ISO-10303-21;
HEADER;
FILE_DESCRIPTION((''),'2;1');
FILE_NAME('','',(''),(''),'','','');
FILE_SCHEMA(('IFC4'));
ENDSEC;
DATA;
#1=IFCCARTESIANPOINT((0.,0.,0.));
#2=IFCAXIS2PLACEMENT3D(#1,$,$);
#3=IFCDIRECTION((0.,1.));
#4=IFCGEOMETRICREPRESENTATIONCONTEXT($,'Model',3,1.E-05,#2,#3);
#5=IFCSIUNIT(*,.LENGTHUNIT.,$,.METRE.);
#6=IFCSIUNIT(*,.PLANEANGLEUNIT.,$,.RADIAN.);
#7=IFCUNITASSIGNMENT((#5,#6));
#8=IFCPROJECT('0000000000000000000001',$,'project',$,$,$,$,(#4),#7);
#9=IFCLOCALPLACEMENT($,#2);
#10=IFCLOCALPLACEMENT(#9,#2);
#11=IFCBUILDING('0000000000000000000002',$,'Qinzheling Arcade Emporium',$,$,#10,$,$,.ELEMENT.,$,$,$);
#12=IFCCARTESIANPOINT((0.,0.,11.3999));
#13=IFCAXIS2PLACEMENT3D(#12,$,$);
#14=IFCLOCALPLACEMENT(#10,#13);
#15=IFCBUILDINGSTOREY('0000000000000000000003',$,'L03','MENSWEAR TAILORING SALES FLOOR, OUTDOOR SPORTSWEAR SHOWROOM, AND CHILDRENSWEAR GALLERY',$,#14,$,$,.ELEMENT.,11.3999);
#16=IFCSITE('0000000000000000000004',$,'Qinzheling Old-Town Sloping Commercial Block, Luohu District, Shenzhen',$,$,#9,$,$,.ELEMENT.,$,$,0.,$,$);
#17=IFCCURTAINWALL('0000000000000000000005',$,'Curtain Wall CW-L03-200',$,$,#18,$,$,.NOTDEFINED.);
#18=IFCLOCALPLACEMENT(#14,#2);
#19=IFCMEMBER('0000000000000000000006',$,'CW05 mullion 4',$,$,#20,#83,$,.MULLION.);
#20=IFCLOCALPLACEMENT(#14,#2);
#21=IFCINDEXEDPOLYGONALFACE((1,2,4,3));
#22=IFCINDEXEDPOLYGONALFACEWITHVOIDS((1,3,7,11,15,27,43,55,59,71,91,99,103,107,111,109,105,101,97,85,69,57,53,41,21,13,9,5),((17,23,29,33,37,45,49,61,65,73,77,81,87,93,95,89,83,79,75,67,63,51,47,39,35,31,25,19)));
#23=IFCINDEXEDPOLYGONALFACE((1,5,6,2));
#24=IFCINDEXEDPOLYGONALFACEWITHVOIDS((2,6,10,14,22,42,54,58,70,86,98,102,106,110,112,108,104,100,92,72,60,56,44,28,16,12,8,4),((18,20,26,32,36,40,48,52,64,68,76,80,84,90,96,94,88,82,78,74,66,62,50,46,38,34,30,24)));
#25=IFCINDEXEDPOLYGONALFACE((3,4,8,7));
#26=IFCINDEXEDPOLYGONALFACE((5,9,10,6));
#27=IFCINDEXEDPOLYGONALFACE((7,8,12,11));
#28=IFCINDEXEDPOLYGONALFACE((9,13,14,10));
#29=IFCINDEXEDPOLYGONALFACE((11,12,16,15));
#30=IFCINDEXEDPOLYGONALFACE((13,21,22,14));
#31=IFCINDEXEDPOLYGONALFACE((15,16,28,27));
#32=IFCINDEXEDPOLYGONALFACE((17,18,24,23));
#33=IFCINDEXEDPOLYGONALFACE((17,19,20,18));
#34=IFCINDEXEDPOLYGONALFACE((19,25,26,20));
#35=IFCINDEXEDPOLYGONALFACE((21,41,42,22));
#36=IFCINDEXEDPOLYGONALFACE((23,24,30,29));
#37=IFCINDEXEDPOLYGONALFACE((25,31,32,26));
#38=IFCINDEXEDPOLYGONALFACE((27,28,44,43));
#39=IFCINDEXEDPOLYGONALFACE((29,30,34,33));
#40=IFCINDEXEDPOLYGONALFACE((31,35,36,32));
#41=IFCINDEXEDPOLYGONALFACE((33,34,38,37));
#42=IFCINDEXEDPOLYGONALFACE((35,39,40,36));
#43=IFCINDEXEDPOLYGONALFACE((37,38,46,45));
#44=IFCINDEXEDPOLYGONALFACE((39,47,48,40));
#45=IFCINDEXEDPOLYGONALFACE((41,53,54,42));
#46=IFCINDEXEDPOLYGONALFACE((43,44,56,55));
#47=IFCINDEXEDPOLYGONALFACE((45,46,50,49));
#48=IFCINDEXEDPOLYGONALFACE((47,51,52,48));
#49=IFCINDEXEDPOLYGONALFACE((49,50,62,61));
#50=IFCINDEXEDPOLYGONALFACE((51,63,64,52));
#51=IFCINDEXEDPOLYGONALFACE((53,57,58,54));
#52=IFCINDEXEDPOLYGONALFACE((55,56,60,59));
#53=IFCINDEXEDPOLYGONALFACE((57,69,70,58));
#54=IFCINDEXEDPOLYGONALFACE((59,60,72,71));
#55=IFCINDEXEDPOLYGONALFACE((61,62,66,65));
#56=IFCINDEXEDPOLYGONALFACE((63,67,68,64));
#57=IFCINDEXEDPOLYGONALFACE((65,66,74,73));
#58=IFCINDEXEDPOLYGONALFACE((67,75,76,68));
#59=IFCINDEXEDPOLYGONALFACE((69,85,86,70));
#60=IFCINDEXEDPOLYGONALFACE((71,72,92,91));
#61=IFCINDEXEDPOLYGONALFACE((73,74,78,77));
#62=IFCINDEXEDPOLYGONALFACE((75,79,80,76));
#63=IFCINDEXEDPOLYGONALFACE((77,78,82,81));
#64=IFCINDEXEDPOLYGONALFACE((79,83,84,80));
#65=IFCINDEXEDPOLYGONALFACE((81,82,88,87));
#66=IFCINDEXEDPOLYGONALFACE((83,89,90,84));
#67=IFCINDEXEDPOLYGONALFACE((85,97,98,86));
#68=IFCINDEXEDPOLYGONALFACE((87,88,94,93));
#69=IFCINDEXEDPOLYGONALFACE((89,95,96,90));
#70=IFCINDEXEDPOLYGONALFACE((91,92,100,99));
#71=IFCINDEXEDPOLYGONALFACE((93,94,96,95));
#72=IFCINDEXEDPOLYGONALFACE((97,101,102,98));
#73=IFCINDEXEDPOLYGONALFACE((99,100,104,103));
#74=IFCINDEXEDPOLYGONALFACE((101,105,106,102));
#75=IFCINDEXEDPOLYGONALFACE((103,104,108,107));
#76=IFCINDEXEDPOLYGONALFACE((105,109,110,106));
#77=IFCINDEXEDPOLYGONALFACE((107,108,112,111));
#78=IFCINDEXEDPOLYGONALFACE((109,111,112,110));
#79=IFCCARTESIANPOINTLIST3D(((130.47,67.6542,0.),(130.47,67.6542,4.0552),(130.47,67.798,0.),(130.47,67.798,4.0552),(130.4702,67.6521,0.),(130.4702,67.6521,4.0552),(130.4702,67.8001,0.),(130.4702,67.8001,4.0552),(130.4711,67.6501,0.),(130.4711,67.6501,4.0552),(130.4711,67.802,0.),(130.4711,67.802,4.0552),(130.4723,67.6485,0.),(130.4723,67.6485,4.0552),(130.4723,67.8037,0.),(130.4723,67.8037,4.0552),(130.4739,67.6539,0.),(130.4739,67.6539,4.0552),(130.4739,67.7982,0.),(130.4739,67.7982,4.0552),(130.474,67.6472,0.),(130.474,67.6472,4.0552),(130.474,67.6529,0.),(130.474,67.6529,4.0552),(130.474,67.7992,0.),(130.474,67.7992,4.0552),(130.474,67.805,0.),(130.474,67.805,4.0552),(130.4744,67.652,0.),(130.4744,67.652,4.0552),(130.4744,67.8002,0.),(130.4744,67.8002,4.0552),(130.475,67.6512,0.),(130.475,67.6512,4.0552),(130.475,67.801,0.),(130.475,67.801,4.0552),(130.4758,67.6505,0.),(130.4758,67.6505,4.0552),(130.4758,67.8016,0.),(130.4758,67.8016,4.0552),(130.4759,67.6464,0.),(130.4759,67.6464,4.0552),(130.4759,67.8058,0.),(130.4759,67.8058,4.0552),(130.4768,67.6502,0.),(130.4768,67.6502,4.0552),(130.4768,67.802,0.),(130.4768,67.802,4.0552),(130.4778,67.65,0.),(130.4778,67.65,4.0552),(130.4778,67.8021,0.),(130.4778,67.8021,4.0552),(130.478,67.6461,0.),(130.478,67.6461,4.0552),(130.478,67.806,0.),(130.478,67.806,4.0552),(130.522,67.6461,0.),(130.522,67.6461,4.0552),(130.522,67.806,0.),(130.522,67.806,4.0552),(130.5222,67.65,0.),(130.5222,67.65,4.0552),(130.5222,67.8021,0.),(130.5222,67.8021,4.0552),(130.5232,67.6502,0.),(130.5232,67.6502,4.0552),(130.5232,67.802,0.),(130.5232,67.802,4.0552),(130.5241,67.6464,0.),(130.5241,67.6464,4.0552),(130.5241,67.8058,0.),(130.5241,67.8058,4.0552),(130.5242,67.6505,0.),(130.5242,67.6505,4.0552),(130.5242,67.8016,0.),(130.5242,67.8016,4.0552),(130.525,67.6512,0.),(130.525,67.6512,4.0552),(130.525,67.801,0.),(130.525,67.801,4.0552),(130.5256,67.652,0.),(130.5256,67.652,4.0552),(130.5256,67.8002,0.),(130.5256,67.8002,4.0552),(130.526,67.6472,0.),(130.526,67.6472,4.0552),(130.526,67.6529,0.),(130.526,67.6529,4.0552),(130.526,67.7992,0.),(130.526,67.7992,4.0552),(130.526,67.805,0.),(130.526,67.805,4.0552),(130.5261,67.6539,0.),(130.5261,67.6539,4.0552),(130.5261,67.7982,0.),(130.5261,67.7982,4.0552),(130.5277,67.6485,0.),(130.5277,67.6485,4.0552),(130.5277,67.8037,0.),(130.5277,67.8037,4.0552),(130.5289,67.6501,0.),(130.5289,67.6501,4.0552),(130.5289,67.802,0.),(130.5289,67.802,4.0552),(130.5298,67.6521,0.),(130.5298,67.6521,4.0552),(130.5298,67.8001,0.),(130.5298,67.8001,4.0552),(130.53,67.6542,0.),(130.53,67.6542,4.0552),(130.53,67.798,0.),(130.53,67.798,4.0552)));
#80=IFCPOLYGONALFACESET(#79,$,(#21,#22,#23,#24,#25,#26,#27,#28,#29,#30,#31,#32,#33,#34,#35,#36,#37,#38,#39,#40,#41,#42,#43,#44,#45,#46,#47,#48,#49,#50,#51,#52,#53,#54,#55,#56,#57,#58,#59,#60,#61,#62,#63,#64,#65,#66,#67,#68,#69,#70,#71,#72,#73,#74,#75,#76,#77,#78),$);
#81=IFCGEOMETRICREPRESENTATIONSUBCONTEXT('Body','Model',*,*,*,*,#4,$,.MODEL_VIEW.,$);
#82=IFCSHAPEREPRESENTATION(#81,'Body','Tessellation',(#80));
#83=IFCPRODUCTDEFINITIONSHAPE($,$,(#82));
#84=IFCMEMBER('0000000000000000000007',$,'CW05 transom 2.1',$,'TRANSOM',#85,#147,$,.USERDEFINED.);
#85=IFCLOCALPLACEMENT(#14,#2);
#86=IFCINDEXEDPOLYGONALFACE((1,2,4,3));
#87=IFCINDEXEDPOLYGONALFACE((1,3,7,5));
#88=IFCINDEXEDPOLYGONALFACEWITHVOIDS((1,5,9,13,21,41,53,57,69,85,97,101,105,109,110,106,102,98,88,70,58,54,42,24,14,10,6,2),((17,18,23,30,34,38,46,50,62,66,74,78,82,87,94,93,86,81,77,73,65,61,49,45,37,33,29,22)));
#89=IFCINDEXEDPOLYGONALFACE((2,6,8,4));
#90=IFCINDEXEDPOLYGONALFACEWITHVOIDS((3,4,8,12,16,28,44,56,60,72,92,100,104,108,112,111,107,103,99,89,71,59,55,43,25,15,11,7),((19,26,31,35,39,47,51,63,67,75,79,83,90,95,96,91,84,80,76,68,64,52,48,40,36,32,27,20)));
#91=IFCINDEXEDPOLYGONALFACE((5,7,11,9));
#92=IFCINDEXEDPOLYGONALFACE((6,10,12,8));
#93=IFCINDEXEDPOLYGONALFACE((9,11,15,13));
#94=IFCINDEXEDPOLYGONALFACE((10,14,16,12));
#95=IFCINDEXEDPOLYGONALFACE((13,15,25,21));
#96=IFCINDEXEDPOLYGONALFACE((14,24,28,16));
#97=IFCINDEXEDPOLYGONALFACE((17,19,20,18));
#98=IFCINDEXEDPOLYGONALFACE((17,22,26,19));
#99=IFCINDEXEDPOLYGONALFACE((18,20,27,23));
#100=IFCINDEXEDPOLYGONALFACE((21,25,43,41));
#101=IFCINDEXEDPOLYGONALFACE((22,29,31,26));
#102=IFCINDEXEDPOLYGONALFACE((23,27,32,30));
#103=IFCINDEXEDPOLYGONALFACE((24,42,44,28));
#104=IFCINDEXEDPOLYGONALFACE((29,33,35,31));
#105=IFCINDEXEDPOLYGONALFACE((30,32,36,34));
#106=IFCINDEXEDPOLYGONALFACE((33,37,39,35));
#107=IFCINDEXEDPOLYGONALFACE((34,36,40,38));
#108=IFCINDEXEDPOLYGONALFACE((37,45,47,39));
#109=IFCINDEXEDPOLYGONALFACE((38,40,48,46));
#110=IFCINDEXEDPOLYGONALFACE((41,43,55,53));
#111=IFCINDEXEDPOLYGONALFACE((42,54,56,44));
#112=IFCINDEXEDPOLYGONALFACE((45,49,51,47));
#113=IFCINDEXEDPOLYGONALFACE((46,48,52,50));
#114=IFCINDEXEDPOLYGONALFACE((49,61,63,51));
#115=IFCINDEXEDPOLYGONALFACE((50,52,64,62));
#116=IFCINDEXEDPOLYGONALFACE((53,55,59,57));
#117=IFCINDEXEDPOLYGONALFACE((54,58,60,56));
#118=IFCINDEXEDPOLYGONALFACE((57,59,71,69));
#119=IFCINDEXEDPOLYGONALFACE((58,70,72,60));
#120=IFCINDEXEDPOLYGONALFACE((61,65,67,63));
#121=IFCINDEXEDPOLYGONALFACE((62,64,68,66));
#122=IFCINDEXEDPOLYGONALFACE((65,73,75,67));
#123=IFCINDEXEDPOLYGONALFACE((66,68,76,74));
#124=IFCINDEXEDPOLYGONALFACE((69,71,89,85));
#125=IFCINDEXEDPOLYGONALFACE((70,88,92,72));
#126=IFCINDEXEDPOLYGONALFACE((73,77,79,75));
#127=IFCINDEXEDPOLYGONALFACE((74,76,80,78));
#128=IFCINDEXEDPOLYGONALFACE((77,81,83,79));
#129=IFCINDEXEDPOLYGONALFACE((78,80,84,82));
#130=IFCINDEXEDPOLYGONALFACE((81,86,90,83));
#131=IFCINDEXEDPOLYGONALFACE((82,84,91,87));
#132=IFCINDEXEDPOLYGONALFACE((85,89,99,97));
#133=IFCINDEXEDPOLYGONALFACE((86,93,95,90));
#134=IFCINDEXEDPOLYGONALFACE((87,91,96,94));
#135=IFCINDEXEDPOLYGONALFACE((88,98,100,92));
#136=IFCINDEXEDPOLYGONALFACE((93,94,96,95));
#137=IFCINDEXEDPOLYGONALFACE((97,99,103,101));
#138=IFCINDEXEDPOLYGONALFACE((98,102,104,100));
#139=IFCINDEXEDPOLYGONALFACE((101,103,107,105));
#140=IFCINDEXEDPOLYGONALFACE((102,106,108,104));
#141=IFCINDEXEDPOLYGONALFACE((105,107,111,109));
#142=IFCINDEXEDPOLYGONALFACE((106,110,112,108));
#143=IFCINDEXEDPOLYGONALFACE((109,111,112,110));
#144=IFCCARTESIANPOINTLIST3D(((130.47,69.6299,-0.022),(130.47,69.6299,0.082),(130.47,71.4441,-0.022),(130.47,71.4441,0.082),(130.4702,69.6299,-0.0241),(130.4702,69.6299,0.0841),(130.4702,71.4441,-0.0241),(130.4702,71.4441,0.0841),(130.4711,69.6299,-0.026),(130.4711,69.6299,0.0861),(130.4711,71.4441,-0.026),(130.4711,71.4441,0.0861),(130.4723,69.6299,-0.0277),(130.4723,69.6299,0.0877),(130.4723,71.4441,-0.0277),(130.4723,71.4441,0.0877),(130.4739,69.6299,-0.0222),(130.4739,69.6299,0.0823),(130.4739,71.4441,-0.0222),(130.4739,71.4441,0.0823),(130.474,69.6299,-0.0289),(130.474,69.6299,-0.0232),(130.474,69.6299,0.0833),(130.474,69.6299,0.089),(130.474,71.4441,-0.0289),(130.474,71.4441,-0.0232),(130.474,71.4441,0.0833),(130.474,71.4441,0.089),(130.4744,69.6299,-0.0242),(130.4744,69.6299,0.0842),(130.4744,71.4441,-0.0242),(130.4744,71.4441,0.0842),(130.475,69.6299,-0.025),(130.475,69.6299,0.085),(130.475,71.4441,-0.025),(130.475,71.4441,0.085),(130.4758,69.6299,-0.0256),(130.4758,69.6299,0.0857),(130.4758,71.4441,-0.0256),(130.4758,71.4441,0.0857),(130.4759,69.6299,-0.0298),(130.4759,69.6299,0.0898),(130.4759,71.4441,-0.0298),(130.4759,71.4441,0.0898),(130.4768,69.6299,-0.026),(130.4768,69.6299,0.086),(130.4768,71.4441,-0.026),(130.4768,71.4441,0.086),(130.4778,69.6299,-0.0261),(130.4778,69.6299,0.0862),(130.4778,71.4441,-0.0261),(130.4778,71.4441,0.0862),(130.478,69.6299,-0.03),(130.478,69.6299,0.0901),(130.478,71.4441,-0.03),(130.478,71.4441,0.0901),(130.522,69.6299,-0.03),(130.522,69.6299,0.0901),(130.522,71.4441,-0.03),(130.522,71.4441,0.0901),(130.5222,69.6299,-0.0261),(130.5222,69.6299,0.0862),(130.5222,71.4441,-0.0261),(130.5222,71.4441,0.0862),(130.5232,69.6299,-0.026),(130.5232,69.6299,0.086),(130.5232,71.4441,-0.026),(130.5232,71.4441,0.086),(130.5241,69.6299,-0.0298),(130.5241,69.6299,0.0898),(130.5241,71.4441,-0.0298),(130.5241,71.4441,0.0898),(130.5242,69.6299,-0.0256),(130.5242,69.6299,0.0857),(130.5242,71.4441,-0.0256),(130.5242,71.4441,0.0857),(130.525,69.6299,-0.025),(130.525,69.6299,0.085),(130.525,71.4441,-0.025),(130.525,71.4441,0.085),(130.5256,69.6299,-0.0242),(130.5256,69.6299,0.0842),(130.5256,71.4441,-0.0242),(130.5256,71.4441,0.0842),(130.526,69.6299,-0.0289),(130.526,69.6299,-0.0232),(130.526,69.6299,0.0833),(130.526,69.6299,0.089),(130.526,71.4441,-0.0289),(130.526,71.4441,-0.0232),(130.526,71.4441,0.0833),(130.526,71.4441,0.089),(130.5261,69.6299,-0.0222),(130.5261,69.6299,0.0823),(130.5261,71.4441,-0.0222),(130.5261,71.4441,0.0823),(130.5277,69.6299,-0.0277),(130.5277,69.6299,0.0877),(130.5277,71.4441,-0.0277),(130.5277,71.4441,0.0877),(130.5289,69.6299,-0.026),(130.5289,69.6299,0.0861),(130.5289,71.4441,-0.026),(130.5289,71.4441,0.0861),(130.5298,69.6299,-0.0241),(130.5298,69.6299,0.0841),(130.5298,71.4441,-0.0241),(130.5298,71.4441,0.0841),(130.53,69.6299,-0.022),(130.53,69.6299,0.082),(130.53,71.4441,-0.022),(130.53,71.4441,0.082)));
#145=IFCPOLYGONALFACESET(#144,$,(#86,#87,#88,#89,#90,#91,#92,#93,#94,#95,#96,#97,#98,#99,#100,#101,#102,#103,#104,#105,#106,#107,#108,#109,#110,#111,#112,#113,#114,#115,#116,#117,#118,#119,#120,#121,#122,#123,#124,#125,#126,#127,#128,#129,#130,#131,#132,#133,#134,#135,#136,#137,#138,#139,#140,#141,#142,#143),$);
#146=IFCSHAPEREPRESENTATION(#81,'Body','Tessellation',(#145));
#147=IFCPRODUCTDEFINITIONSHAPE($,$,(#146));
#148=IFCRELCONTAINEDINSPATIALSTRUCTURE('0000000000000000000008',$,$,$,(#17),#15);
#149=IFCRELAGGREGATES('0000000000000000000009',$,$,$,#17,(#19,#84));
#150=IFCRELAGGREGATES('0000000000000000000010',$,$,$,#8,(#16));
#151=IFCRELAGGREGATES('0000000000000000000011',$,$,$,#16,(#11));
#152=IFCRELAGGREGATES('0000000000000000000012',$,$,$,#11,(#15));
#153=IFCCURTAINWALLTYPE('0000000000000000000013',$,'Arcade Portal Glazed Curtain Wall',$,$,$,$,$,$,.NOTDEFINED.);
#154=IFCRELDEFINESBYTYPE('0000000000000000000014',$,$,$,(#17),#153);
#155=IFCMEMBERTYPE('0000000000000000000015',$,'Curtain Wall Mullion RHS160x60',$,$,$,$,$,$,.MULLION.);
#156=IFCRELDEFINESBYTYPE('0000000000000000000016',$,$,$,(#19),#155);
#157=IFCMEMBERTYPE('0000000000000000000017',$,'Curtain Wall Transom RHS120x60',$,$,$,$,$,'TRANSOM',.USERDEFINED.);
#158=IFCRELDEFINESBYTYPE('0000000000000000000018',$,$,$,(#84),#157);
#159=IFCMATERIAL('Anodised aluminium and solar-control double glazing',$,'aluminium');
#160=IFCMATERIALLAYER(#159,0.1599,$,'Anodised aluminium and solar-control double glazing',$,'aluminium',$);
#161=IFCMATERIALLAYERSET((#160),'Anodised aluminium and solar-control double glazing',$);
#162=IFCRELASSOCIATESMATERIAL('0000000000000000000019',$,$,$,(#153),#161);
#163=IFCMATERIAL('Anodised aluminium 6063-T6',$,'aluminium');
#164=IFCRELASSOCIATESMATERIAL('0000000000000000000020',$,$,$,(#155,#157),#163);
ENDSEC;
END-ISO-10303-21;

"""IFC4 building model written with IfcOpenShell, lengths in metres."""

from ifc_helpers import new_model, si_unit, direction, frame, origin, origin_2d, place, context, subcontext, project, spatial, hollow_rectangle, extrude, material, layer, layer_set, material_profile, profile_set, type_object, element, aggregate, save


model = new_model("IFC4")

# Units and contexts
model_context = context("Model", 3, precision=1e-05, world=origin(), true_north=direction((0.0, 1.0)))
body_context = subcontext(model_context, "Body", "Model", "MODEL_VIEW")
ifc_project = project(units=[si_unit("LENGTHUNIT", "METRE"), si_unit("PLANEANGLEUNIT", "RADIAN")], contexts=[model_context])

# Site, building, storey
site_placement = place(None, origin())
site = spatial("IfcSite", under=ifc_project, at=site_placement, Name="Qinzheling Old-Town Sloping Commercial Block, Luohu District, Shenzhen", CompositionType="ELEMENT", RefElevation=0.0)
building_placement = place(site_placement, origin())
building = spatial("IfcBuilding", under=site, at=building_placement, Name="Qinzheling Arcade Emporium", CompositionType="ELEMENT")
storey_placement = place(building_placement, frame((0.0, 0.0, 11.3999)))
storey = spatial("IfcBuildingStorey", under=building, at=storey_placement, Name="L03", Description="MENSWEAR TAILORING SALES FLOOR, OUTDOOR SPORTSWEAR SHOWROOM, AND CHILDRENSWEAR GALLERY", CompositionType="ELEMENT", Elevation=11.3999)

# Curtain wall, members
ifc_material_1 = material(Name="Anodised aluminium and solar-control double glazing", Category="aluminium")
ifc_layer_1 = layer(ifc_material_1, 0.1599, Name="Anodised aluminium and solar-control double glazing", Category="aluminium")
ifc_layer_set_1 = layer_set([ifc_layer_1], Name="Anodised aluminium and solar-control double glazing")
curtain_wall_type = type_object("IfcCurtainWallType", Name="Arcade Portal Glazed Curtain Wall", PredefinedType="NOTDEFINED", material=ifc_layer_set_1)
curtain_wall_placement = place(storey_placement, origin())
curtain_wall = element("IfcCurtainWall", 1, at=curtain_wall_placement, inside=storey, type_object=curtain_wall_type, Name="Curtain Wall CW-L03-200", PredefinedType="NOTDEFINED")
ifc_material_2 = material(Name="Anodised aluminium 6063-T6", Category="aluminium")
ifc_material_profile_1 = material_profile(ifc_material_2, hollow_rectangle(XDim=0.0601, YDim=0.1599, WallThickness=0.0039, InnerFilletRadius=0.0039, OuterFilletRadius=0.0081, at=origin_2d()), Name="RHS 160x60x4", Category="aluminium")
ifc_profile_set_1 = profile_set([ifc_material_profile_1], Name="Anodised aluminium 6063-T6")
member_type_1 = type_object("IfcMemberType", Name="Curtain Wall Mullion RHS160x60", PredefinedType="MULLION", material=ifc_profile_set_1)
member_1_placement = place(storey_placement, frame((130.5, 67.7261, 0.0), z_axis=(0.0, 0.0, 1.0), x_axis=(1.0, 0.0, 0.0)))
member_1 = element("IfcMember", 2, at=member_1_placement, type_object=member_type_1, Name="CW05 mullion 4", PredefinedType="MULLION", context=body_context, shape_type="SweptSolid", body=[
    extrude(hollow_rectangle(XDim=0.0601, YDim=0.1599, WallThickness=0.0039, InnerFilletRadius=0.0039, OuterFilletRadius=0.0081, at=origin_2d()), origin(), (0.0, 0.0, 1.0), 4.0552),
])
ifc_material_profile_2 = material_profile(ifc_material_2, hollow_rectangle(XDim=0.0601, YDim=0.1201, WallThickness=0.0039, InnerFilletRadius=0.0039, OuterFilletRadius=0.0081, at=origin_2d()), Name="RHS 120x60x4", Category="aluminium")
ifc_profile_set_2 = profile_set([ifc_material_profile_2], Name="Anodised aluminium 6063-T6")
member_type_2 = type_object("IfcMemberType", Name="Curtain Wall Transom RHS120x60", ElementType="TRANSOM", PredefinedType="USERDEFINED", material=ifc_profile_set_2)
member_2_placement = place(storey_placement, frame((130.5, 71.4441, 0.03), z_axis=(0.0, -1.0, 0.0), x_axis=(1.0, 0.0, 0.0)))
member_2 = element("IfcMember", 3, at=member_2_placement, type_object=member_type_2, Name="CW05 transom 2.1", ObjectType="TRANSOM", PredefinedType="USERDEFINED", context=body_context, shape_type="SweptSolid", body=[
    extrude(hollow_rectangle(XDim=0.0601, YDim=0.1201, WallThickness=0.0039, InnerFilletRadius=0.0039, OuterFilletRadius=0.0081, at=origin_2d()), origin(), (0.0, 0.0, 1.0), 1.8142),
])
aggregate(curtain_wall, [member_1, member_2])

save(model, "model.ifc")
